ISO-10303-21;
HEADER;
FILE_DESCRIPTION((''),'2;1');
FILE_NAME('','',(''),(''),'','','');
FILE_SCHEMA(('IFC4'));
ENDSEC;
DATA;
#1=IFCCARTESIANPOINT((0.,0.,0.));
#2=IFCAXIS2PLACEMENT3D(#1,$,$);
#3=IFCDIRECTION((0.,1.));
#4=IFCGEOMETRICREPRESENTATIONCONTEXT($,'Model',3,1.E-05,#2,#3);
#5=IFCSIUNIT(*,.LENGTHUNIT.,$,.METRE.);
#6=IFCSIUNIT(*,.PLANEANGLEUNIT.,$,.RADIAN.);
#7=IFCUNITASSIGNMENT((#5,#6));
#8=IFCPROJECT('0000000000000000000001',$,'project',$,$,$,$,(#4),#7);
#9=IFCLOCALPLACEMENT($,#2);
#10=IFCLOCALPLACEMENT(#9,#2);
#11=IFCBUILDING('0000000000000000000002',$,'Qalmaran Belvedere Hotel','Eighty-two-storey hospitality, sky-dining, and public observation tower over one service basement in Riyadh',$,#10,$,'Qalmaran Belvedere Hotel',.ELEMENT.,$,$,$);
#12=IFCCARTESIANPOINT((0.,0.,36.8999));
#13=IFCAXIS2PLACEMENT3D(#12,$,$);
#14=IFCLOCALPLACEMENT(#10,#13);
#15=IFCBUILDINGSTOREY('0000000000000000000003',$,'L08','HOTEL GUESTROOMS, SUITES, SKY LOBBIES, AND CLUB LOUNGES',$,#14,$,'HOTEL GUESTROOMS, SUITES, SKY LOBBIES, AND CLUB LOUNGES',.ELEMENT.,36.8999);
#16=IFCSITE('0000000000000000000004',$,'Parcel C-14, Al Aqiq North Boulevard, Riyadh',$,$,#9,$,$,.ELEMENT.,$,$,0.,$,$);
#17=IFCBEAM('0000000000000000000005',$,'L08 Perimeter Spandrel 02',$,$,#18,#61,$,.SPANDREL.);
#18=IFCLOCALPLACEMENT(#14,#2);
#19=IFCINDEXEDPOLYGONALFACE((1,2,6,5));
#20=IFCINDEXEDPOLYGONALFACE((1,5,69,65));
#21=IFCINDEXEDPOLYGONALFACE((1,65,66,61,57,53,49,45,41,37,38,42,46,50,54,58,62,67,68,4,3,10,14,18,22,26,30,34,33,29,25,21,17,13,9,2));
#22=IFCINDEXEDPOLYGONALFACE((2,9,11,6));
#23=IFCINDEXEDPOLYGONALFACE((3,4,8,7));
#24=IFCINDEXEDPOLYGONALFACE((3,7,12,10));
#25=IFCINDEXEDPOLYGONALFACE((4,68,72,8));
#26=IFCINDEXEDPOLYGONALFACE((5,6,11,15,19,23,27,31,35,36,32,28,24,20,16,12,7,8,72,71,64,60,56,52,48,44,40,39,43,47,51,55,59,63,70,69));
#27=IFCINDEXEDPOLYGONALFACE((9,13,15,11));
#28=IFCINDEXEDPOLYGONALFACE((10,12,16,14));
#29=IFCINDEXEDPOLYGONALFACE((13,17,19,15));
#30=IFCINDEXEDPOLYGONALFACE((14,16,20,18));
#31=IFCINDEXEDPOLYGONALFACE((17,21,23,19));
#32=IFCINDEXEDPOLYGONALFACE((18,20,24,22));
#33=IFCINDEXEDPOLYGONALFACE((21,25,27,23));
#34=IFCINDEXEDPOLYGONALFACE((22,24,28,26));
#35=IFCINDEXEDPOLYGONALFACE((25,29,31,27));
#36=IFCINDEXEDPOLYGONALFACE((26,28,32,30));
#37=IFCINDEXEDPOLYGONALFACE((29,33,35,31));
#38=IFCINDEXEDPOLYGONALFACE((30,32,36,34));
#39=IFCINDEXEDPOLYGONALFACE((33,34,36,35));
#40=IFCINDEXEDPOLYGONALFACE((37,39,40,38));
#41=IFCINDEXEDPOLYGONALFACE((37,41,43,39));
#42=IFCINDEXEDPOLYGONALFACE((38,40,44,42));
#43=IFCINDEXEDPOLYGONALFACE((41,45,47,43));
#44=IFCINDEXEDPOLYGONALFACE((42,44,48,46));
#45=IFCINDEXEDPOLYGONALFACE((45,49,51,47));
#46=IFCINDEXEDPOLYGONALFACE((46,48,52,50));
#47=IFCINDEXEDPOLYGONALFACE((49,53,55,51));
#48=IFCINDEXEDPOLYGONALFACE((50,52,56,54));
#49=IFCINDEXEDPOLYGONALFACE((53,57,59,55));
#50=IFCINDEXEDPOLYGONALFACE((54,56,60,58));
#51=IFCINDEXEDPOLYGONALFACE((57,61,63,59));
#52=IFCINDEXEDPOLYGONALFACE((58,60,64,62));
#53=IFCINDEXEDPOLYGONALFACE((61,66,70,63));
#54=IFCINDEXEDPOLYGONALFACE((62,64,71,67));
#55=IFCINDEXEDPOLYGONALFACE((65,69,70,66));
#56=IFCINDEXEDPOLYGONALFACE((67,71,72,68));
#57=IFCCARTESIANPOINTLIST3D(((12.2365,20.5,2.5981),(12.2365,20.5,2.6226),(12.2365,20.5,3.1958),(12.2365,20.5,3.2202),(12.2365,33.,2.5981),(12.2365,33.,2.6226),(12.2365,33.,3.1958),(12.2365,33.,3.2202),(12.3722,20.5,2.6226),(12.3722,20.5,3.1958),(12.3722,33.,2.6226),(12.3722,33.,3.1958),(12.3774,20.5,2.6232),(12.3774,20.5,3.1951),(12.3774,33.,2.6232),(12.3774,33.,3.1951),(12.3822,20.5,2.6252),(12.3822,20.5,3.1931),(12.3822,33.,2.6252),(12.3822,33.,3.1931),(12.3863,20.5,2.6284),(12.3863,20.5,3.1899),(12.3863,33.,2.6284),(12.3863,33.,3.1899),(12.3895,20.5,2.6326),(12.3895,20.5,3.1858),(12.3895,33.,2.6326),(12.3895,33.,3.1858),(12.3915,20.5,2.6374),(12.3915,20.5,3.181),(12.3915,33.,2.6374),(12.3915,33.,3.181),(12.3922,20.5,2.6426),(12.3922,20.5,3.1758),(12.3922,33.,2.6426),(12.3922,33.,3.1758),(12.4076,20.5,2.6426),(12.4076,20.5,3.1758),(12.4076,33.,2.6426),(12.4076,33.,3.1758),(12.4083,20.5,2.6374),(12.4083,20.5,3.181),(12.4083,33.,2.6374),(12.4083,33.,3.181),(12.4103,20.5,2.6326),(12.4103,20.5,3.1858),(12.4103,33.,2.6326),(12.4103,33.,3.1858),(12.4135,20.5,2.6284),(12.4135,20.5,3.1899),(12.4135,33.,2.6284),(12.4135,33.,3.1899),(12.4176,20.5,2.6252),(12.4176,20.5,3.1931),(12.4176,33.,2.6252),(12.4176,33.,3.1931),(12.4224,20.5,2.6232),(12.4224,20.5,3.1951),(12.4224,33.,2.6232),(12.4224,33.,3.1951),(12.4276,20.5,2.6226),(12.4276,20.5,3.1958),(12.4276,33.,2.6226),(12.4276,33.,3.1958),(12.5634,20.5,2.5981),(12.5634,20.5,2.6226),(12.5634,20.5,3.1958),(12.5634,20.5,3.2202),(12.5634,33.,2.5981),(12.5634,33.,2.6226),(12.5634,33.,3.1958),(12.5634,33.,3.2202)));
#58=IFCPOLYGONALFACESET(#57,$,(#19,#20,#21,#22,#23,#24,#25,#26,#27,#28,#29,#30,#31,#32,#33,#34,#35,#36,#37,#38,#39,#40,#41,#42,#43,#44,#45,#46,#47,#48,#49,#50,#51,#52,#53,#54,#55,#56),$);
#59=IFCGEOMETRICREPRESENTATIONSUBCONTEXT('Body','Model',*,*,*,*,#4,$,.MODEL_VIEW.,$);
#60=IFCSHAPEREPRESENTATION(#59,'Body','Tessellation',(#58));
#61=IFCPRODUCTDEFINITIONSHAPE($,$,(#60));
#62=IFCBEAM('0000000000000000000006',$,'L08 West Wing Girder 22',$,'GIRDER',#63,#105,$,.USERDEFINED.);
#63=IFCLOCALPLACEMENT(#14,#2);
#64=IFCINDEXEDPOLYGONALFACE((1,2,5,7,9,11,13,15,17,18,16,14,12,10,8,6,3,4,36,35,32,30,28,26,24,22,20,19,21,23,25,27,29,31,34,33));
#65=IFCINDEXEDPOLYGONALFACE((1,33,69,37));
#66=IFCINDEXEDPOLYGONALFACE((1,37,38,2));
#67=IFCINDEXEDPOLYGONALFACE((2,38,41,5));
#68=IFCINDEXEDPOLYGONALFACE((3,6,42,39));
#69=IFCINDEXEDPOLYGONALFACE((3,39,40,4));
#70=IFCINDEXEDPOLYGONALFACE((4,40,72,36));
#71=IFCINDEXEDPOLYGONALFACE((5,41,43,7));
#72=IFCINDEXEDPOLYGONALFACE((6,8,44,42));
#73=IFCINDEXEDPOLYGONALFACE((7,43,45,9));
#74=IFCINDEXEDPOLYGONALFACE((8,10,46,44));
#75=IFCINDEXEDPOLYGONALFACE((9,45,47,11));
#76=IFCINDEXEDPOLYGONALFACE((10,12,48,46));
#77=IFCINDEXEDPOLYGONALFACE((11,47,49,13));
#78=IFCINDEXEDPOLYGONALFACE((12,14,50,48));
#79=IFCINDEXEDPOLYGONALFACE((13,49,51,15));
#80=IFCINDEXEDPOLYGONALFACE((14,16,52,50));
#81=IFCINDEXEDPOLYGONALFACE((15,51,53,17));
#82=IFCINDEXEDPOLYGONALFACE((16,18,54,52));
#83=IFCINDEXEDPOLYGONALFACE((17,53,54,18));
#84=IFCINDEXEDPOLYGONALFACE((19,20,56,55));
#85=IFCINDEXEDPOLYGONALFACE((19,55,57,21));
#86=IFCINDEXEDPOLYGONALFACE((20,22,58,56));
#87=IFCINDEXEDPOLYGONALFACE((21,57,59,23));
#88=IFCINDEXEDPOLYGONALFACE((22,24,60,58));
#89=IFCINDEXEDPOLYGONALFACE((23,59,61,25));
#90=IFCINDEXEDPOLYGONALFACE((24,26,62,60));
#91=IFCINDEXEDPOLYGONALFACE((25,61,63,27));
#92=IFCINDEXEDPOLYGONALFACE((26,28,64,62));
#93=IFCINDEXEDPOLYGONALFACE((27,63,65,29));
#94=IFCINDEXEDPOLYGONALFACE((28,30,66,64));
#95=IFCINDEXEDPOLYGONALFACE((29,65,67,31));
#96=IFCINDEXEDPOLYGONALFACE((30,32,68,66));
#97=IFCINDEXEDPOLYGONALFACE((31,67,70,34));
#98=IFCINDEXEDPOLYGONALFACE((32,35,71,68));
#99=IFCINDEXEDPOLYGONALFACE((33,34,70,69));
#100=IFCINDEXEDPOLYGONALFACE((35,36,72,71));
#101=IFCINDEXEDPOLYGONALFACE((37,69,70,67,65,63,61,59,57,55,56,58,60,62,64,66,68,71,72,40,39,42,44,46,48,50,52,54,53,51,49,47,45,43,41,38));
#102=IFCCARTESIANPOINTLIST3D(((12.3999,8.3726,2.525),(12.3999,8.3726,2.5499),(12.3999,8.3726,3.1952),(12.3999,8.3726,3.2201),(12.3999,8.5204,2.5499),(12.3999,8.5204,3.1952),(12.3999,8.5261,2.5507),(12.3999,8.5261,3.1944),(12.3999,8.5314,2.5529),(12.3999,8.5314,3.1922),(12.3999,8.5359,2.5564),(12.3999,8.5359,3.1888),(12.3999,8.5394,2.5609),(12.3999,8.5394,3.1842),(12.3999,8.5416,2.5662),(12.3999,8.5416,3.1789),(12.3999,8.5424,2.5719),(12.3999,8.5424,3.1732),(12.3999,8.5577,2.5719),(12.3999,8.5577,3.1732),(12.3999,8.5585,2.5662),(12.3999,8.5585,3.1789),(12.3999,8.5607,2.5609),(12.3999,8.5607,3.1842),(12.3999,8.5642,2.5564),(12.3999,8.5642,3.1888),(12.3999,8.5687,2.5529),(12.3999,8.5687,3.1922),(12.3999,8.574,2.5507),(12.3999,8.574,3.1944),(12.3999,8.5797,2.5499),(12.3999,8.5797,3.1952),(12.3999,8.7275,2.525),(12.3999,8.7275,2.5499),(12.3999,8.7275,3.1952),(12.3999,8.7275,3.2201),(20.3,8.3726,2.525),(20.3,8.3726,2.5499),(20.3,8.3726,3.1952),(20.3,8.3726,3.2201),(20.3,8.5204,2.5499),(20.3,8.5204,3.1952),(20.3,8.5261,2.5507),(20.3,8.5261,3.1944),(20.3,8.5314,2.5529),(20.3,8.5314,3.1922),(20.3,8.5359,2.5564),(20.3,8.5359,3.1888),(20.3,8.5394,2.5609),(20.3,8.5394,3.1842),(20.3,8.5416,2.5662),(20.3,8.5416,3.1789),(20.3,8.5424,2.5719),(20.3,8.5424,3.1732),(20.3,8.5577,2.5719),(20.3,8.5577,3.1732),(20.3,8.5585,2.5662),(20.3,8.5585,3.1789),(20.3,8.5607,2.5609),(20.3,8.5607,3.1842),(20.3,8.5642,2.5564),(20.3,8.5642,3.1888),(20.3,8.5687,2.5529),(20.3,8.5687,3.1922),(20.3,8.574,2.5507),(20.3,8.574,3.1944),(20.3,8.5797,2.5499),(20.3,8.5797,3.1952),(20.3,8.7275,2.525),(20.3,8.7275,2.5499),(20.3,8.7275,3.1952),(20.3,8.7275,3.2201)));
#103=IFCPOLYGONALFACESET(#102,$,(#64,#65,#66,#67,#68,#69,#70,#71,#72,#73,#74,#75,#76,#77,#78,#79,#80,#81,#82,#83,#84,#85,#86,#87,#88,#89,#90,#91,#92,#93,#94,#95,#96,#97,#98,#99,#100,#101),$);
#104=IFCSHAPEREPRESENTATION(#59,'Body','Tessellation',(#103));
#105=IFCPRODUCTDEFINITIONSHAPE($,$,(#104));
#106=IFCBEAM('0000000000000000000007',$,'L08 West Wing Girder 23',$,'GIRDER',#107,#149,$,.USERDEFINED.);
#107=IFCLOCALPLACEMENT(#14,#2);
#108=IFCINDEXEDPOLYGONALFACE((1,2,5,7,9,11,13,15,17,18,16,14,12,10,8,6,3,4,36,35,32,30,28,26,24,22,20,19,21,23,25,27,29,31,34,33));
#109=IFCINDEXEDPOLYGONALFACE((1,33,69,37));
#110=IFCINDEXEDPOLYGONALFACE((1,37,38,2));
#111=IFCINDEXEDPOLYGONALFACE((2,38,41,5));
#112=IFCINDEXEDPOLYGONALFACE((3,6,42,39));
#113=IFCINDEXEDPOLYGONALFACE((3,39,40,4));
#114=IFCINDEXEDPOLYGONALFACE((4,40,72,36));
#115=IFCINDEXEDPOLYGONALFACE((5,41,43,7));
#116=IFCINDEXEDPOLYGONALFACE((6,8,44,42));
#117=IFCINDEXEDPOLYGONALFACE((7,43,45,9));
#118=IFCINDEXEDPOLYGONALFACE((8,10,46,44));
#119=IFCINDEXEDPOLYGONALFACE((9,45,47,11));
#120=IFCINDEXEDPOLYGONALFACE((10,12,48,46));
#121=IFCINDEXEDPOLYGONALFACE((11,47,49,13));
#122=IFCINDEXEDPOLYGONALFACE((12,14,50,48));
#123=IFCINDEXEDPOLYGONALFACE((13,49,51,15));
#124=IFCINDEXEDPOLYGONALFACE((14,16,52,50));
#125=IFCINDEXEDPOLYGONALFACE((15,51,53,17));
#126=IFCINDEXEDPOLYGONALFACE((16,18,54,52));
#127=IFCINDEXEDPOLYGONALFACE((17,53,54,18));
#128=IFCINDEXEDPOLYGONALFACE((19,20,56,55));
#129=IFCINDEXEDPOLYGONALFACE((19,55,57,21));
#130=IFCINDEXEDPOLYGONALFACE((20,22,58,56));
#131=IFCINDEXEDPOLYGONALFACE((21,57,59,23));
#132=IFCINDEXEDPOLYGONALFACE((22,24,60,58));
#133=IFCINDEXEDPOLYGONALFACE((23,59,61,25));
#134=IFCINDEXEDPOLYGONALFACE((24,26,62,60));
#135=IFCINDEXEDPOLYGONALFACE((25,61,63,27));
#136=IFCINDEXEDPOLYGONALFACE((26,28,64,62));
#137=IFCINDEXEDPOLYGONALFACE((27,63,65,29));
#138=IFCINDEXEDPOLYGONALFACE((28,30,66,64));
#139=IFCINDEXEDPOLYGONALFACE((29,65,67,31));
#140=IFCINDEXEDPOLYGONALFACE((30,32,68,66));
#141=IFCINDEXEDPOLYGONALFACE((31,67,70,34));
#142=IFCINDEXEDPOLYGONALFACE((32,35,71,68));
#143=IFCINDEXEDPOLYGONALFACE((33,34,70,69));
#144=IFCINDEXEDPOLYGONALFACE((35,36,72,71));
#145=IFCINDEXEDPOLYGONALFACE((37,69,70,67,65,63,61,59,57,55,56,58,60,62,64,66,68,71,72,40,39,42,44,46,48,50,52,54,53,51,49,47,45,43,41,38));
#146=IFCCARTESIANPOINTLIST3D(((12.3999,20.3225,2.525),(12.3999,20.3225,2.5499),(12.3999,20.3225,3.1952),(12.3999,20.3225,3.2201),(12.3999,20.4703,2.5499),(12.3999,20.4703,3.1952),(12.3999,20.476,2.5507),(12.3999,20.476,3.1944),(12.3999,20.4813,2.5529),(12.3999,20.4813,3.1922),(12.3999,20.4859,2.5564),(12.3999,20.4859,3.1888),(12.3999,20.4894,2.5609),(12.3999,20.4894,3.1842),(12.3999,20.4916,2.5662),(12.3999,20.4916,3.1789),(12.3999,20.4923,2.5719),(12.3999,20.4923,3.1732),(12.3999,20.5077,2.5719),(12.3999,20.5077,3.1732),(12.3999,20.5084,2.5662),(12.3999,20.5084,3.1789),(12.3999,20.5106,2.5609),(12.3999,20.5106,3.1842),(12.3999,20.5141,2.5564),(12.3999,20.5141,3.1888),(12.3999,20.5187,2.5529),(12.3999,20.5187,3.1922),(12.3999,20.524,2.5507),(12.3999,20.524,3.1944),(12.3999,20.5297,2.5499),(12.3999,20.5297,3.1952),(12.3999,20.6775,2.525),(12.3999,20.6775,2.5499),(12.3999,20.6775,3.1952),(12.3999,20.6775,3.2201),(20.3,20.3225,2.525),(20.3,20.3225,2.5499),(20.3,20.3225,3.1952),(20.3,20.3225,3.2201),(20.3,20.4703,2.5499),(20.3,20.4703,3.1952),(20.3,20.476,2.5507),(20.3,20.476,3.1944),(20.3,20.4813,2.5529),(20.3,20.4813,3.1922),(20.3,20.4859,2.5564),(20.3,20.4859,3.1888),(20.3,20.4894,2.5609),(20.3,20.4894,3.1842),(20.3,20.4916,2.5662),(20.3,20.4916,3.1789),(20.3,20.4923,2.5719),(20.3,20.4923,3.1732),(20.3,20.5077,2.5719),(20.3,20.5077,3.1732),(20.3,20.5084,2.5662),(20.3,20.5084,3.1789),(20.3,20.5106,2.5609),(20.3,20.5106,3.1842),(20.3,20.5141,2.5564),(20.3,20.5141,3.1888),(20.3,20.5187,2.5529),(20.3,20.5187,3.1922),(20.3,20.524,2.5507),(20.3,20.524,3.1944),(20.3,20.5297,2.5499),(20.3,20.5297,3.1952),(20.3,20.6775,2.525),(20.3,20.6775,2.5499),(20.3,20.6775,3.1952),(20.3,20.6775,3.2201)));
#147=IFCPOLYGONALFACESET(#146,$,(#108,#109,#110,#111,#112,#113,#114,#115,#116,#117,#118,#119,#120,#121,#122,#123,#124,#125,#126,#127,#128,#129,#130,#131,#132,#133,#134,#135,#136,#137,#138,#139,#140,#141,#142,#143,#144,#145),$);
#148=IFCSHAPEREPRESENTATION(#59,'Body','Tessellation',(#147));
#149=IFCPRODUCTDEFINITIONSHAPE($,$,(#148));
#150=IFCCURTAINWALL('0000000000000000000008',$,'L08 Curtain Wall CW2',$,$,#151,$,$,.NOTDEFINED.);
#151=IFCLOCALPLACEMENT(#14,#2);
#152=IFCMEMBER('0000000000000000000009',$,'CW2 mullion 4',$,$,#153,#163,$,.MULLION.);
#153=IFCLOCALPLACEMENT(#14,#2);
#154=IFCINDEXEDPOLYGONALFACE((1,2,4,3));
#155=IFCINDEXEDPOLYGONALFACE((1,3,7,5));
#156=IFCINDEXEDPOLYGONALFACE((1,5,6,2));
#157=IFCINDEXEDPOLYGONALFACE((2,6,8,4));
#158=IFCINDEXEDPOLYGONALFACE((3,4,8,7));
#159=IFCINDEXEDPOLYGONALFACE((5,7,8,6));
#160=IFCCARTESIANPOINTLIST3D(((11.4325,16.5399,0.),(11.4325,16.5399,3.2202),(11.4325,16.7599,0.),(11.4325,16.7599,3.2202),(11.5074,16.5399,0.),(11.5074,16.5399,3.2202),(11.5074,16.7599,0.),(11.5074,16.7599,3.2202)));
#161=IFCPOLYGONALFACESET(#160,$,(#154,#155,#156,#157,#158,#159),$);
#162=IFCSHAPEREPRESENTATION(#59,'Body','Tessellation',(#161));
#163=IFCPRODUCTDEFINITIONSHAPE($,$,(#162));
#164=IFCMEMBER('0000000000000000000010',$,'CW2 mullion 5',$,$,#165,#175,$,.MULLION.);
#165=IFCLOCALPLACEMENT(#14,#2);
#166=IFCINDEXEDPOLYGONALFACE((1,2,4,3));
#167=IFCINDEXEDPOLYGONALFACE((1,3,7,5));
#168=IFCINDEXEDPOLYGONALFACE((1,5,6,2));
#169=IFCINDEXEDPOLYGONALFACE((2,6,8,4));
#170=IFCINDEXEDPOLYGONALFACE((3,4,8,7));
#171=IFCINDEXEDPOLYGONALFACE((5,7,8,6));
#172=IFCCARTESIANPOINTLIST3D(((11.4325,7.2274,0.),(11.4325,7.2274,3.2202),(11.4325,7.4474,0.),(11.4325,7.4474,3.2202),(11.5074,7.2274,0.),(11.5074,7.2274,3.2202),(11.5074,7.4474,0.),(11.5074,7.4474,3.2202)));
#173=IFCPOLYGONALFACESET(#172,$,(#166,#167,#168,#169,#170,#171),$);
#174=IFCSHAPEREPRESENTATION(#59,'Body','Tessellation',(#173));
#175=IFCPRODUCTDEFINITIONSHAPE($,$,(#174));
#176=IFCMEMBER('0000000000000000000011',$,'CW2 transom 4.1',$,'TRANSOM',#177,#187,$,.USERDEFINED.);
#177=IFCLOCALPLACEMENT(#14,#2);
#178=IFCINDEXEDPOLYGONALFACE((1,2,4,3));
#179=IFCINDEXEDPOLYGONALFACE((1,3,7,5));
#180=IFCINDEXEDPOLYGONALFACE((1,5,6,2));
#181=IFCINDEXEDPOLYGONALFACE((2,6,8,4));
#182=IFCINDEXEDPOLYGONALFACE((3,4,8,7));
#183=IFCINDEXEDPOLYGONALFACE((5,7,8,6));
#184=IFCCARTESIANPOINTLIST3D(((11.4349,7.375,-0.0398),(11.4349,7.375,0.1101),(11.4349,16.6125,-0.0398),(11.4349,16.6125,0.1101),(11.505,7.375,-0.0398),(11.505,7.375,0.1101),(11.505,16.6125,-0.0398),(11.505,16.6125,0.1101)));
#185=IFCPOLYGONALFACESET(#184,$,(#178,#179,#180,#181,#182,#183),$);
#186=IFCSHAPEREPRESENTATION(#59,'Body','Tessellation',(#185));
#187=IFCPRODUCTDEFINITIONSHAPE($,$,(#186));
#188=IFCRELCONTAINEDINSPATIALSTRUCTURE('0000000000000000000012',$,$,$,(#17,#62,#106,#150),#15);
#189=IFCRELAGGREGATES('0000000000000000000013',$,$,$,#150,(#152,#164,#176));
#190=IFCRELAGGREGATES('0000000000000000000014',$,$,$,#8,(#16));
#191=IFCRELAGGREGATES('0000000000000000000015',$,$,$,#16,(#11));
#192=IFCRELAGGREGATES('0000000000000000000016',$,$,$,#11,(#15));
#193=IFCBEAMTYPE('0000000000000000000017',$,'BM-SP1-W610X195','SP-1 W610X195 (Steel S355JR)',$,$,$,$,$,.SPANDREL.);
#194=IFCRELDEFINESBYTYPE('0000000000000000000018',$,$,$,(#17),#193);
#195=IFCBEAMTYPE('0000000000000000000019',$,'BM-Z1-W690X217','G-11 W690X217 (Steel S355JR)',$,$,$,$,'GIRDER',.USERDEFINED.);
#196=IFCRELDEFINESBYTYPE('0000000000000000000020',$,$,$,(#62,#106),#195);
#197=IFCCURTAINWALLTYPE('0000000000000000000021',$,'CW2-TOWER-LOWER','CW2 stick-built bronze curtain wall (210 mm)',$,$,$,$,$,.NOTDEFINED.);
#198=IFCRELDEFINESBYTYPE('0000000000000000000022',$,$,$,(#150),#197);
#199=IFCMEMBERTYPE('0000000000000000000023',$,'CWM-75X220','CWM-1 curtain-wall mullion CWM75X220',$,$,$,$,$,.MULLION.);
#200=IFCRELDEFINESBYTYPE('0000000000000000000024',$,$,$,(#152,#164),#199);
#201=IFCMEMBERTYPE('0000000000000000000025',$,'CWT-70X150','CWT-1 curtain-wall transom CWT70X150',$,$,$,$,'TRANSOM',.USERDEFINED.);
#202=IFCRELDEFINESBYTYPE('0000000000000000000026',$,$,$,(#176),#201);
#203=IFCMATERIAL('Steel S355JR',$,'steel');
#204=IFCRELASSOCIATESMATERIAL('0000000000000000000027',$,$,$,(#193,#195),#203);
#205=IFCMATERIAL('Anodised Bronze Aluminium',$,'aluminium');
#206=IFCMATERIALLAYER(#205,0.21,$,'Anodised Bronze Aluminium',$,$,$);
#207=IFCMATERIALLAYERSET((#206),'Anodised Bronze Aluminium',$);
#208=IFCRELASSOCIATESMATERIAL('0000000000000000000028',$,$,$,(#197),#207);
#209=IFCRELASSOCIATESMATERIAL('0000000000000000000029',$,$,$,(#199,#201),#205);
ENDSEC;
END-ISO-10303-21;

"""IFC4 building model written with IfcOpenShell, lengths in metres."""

from ifc_helpers import new_model, si_unit, direction, frame, origin, origin_2d, place, context, subcontext, project, spatial, rectangle, i_section, extrude, material, layer, layer_set, material_profile, profile_set, type_object, element, aggregate, save


model = new_model("IFC4")

# Units and contexts
model_context = context("Model", 3, precision=1e-05, world=origin(), true_north=direction((0.0, 1.0)))
body_context = subcontext(model_context, "Body", "Model", "MODEL_VIEW")
ifc_project = project(units=[si_unit("LENGTHUNIT", "METRE"), si_unit("PLANEANGLEUNIT", "RADIAN")], contexts=[model_context])

# Site, building, storey
site_placement = place(None, origin())
site = spatial("IfcSite", under=ifc_project, at=site_placement, Name="Parcel C-14, Al Aqiq North Boulevard, Riyadh", CompositionType="ELEMENT", RefElevation=0.0)
building_placement = place(site_placement, origin())
building = spatial("IfcBuilding", under=site, at=building_placement, Name="Qalmaran Belvedere Hotel", Description="Eighty-two-storey hospitality, sky-dining, and public observation tower over one service basement in Riyadh", LongName="Qalmaran Belvedere Hotel", CompositionType="ELEMENT")
storey_placement = place(building_placement, frame((0.0, 0.0, 36.8999)))
storey = spatial("IfcBuildingStorey", under=building, at=storey_placement, Name="L08", Description="HOTEL GUESTROOMS, SUITES, SKY LOBBIES, AND CLUB LOUNGES", LongName="HOTEL GUESTROOMS, SUITES, SKY LOBBIES, AND CLUB LOUNGES", CompositionType="ELEMENT", Elevation=36.8999)

# Beams
ifc_material_1 = material(Name="Steel S355JR", Category="steel")
ifc_material_profile_1 = material_profile(ifc_material_1, i_section(OverallWidth=0.3269, OverallDepth=0.6221, WebThickness=0.0154, FlangeThickness=0.0244, FilletRadius=0.02, at=origin_2d()), Name="W610X195")
ifc_profile_set_1 = profile_set([ifc_material_profile_1], Name="Steel S355JR")
beam_type_1 = type_object("IfcBeamType", Name="BM-SP1-W610X195", Description="SP-1 W610X195 (Steel S355JR)", PredefinedType="SPANDREL", material=ifc_profile_set_1)
beam_1_placement = place(storey_placement, frame((12.3999, 20.5, 2.9092), z_axis=(0.0, 1.0, 0.0), x_axis=(-1.0, 0.0, 0.0)))
element("IfcBeam", 1, at=beam_1_placement, inside=storey, type_object=beam_type_1, Name="L08 Perimeter Spandrel 02", PredefinedType="SPANDREL", context=body_context, shape_type="SweptSolid", body=[
    extrude(i_section(OverallWidth=0.3269, OverallDepth=0.6221, WebThickness=0.0154, FlangeThickness=0.0244, FilletRadius=0.02, at=origin_2d()), origin(), (0.0, 0.0, 1.0), 12.5),
])
ifc_material_profile_2 = material_profile(ifc_material_1, i_section(OverallWidth=0.355, OverallDepth=0.6951, WebThickness=0.0154, FlangeThickness=0.0249, FilletRadius=0.022, at=origin_2d()), Name="W690X217")
ifc_profile_set_2 = profile_set([ifc_material_profile_2], Name="Steel S355JR")
beam_type_2 = type_object("IfcBeamType", Name="BM-Z1-W690X217", Description="G-11 W690X217 (Steel S355JR)", ElementType="GIRDER", PredefinedType="USERDEFINED", material=ifc_profile_set_2)
for number, where, z_axis, x_axis, name in (
    (2, (12.3999, 8.55, 2.8726), (1.0, 0.0, 0.0), (0.0, 1.0, 0.0), "L08 West Wing Girder 22"),
    (3, (12.3999, 20.5, 2.8726), (1.0, 0.0, 0.0), (0.0, 1.0, 0.0), "L08 West Wing Girder 23"),
):
    element("IfcBeam", number, at=place(storey_placement, frame(where, z_axis=z_axis, x_axis=x_axis)), inside=storey, type_object=beam_type_2, Name=name, ObjectType="GIRDER", PredefinedType="USERDEFINED", context=body_context, shape_type="SweptSolid", body=[
        extrude(i_section(OverallWidth=0.355, OverallDepth=0.6951, WebThickness=0.0154, FlangeThickness=0.0249, FilletRadius=0.022, at=origin_2d()), origin(), (0.0, 0.0, 1.0), 7.9001),
    ])

# Curtain wall, members
ifc_material_2 = material(Name="Anodised Bronze Aluminium", Category="aluminium")
ifc_layer_1 = layer(ifc_material_2, 0.21, Name="Anodised Bronze Aluminium")
ifc_layer_set_1 = layer_set([ifc_layer_1], Name="Anodised Bronze Aluminium")
curtain_wall_type = type_object("IfcCurtainWallType", Name="CW2-TOWER-LOWER", Description="CW2 stick-built bronze curtain wall (210 mm)", PredefinedType="NOTDEFINED", material=ifc_layer_set_1)
curtain_wall_1_placement = place(storey_placement, origin())
curtain_wall_1 = element("IfcCurtainWall", 4, at=curtain_wall_1_placement, inside=storey, type_object=curtain_wall_type, Name="L08 Curtain Wall CW2", PredefinedType="NOTDEFINED")
ifc_material_profile_3 = material_profile(ifc_material_2, rectangle(XDim=0.075, YDim=0.22, at=origin_2d()), Name="CWM75X220")
ifc_profile_set_3 = profile_set([ifc_material_profile_3], Name="Anodised Bronze Aluminium")
member_type_1 = type_object("IfcMemberType", Name="CWM-75X220", Description="CWM-1 curtain-wall mullion CWM75X220", PredefinedType="MULLION", material=ifc_profile_set_3)
member_1_placement = place(storey_placement, frame((11.47, 16.6499, 0.0), z_axis=(0.0, 0.0, 1.0), x_axis=(1.0, 0.0, 0.0)))
member_1 = element("IfcMember", 5, at=member_1_placement, type_object=member_type_1, Name="CW2 mullion 4", PredefinedType="MULLION", context=body_context, shape_type="SweptSolid", body=[
    extrude(rectangle(XDim=0.075, YDim=0.22, at=origin_2d()), origin(), (0.0, 0.0, 1.0), 3.2202),
])
member_2_placement = place(storey_placement, frame((11.47, 7.3374, 0.0), z_axis=(0.0, 0.0, 1.0), x_axis=(1.0, 0.0, 0.0)))
member_2 = element("IfcMember", 6, at=member_2_placement, type_object=member_type_1, Name="CW2 mullion 5", PredefinedType="MULLION", context=body_context, shape_type="SweptSolid", body=[
    extrude(rectangle(XDim=0.075, YDim=0.22, at=origin_2d()), origin(), (0.0, 0.0, 1.0), 3.2202),
])
ifc_material_profile_4 = material_profile(ifc_material_2, rectangle(XDim=0.0701, YDim=0.1499, at=origin_2d()), Name="CWT70X150")
ifc_profile_set_4 = profile_set([ifc_material_profile_4], Name="Anodised Bronze Aluminium")
member_type_2 = type_object("IfcMemberType", Name="CWT-70X150", Description="CWT-1 curtain-wall transom CWT70X150", ElementType="TRANSOM", PredefinedType="USERDEFINED", material=ifc_profile_set_4)
member_3_placement = place(storey_placement, frame((11.47, 16.6125, 0.0352), z_axis=(0.0, -1.0, 0.0), x_axis=(1.0, 0.0, 0.0)))
member_3 = element("IfcMember", 7, at=member_3_placement, type_object=member_type_2, Name="CW2 transom 4.1", ObjectType="TRANSOM", PredefinedType="USERDEFINED", context=body_context, shape_type="SweptSolid", body=[
    extrude(rectangle(XDim=0.0701, YDim=0.1499, at=origin_2d()), origin(), (0.0, 0.0, 1.0), 9.2375),
])

aggregate(curtain_wall_1, [member_1, member_2, member_3])

save(model, "model.ifc")
